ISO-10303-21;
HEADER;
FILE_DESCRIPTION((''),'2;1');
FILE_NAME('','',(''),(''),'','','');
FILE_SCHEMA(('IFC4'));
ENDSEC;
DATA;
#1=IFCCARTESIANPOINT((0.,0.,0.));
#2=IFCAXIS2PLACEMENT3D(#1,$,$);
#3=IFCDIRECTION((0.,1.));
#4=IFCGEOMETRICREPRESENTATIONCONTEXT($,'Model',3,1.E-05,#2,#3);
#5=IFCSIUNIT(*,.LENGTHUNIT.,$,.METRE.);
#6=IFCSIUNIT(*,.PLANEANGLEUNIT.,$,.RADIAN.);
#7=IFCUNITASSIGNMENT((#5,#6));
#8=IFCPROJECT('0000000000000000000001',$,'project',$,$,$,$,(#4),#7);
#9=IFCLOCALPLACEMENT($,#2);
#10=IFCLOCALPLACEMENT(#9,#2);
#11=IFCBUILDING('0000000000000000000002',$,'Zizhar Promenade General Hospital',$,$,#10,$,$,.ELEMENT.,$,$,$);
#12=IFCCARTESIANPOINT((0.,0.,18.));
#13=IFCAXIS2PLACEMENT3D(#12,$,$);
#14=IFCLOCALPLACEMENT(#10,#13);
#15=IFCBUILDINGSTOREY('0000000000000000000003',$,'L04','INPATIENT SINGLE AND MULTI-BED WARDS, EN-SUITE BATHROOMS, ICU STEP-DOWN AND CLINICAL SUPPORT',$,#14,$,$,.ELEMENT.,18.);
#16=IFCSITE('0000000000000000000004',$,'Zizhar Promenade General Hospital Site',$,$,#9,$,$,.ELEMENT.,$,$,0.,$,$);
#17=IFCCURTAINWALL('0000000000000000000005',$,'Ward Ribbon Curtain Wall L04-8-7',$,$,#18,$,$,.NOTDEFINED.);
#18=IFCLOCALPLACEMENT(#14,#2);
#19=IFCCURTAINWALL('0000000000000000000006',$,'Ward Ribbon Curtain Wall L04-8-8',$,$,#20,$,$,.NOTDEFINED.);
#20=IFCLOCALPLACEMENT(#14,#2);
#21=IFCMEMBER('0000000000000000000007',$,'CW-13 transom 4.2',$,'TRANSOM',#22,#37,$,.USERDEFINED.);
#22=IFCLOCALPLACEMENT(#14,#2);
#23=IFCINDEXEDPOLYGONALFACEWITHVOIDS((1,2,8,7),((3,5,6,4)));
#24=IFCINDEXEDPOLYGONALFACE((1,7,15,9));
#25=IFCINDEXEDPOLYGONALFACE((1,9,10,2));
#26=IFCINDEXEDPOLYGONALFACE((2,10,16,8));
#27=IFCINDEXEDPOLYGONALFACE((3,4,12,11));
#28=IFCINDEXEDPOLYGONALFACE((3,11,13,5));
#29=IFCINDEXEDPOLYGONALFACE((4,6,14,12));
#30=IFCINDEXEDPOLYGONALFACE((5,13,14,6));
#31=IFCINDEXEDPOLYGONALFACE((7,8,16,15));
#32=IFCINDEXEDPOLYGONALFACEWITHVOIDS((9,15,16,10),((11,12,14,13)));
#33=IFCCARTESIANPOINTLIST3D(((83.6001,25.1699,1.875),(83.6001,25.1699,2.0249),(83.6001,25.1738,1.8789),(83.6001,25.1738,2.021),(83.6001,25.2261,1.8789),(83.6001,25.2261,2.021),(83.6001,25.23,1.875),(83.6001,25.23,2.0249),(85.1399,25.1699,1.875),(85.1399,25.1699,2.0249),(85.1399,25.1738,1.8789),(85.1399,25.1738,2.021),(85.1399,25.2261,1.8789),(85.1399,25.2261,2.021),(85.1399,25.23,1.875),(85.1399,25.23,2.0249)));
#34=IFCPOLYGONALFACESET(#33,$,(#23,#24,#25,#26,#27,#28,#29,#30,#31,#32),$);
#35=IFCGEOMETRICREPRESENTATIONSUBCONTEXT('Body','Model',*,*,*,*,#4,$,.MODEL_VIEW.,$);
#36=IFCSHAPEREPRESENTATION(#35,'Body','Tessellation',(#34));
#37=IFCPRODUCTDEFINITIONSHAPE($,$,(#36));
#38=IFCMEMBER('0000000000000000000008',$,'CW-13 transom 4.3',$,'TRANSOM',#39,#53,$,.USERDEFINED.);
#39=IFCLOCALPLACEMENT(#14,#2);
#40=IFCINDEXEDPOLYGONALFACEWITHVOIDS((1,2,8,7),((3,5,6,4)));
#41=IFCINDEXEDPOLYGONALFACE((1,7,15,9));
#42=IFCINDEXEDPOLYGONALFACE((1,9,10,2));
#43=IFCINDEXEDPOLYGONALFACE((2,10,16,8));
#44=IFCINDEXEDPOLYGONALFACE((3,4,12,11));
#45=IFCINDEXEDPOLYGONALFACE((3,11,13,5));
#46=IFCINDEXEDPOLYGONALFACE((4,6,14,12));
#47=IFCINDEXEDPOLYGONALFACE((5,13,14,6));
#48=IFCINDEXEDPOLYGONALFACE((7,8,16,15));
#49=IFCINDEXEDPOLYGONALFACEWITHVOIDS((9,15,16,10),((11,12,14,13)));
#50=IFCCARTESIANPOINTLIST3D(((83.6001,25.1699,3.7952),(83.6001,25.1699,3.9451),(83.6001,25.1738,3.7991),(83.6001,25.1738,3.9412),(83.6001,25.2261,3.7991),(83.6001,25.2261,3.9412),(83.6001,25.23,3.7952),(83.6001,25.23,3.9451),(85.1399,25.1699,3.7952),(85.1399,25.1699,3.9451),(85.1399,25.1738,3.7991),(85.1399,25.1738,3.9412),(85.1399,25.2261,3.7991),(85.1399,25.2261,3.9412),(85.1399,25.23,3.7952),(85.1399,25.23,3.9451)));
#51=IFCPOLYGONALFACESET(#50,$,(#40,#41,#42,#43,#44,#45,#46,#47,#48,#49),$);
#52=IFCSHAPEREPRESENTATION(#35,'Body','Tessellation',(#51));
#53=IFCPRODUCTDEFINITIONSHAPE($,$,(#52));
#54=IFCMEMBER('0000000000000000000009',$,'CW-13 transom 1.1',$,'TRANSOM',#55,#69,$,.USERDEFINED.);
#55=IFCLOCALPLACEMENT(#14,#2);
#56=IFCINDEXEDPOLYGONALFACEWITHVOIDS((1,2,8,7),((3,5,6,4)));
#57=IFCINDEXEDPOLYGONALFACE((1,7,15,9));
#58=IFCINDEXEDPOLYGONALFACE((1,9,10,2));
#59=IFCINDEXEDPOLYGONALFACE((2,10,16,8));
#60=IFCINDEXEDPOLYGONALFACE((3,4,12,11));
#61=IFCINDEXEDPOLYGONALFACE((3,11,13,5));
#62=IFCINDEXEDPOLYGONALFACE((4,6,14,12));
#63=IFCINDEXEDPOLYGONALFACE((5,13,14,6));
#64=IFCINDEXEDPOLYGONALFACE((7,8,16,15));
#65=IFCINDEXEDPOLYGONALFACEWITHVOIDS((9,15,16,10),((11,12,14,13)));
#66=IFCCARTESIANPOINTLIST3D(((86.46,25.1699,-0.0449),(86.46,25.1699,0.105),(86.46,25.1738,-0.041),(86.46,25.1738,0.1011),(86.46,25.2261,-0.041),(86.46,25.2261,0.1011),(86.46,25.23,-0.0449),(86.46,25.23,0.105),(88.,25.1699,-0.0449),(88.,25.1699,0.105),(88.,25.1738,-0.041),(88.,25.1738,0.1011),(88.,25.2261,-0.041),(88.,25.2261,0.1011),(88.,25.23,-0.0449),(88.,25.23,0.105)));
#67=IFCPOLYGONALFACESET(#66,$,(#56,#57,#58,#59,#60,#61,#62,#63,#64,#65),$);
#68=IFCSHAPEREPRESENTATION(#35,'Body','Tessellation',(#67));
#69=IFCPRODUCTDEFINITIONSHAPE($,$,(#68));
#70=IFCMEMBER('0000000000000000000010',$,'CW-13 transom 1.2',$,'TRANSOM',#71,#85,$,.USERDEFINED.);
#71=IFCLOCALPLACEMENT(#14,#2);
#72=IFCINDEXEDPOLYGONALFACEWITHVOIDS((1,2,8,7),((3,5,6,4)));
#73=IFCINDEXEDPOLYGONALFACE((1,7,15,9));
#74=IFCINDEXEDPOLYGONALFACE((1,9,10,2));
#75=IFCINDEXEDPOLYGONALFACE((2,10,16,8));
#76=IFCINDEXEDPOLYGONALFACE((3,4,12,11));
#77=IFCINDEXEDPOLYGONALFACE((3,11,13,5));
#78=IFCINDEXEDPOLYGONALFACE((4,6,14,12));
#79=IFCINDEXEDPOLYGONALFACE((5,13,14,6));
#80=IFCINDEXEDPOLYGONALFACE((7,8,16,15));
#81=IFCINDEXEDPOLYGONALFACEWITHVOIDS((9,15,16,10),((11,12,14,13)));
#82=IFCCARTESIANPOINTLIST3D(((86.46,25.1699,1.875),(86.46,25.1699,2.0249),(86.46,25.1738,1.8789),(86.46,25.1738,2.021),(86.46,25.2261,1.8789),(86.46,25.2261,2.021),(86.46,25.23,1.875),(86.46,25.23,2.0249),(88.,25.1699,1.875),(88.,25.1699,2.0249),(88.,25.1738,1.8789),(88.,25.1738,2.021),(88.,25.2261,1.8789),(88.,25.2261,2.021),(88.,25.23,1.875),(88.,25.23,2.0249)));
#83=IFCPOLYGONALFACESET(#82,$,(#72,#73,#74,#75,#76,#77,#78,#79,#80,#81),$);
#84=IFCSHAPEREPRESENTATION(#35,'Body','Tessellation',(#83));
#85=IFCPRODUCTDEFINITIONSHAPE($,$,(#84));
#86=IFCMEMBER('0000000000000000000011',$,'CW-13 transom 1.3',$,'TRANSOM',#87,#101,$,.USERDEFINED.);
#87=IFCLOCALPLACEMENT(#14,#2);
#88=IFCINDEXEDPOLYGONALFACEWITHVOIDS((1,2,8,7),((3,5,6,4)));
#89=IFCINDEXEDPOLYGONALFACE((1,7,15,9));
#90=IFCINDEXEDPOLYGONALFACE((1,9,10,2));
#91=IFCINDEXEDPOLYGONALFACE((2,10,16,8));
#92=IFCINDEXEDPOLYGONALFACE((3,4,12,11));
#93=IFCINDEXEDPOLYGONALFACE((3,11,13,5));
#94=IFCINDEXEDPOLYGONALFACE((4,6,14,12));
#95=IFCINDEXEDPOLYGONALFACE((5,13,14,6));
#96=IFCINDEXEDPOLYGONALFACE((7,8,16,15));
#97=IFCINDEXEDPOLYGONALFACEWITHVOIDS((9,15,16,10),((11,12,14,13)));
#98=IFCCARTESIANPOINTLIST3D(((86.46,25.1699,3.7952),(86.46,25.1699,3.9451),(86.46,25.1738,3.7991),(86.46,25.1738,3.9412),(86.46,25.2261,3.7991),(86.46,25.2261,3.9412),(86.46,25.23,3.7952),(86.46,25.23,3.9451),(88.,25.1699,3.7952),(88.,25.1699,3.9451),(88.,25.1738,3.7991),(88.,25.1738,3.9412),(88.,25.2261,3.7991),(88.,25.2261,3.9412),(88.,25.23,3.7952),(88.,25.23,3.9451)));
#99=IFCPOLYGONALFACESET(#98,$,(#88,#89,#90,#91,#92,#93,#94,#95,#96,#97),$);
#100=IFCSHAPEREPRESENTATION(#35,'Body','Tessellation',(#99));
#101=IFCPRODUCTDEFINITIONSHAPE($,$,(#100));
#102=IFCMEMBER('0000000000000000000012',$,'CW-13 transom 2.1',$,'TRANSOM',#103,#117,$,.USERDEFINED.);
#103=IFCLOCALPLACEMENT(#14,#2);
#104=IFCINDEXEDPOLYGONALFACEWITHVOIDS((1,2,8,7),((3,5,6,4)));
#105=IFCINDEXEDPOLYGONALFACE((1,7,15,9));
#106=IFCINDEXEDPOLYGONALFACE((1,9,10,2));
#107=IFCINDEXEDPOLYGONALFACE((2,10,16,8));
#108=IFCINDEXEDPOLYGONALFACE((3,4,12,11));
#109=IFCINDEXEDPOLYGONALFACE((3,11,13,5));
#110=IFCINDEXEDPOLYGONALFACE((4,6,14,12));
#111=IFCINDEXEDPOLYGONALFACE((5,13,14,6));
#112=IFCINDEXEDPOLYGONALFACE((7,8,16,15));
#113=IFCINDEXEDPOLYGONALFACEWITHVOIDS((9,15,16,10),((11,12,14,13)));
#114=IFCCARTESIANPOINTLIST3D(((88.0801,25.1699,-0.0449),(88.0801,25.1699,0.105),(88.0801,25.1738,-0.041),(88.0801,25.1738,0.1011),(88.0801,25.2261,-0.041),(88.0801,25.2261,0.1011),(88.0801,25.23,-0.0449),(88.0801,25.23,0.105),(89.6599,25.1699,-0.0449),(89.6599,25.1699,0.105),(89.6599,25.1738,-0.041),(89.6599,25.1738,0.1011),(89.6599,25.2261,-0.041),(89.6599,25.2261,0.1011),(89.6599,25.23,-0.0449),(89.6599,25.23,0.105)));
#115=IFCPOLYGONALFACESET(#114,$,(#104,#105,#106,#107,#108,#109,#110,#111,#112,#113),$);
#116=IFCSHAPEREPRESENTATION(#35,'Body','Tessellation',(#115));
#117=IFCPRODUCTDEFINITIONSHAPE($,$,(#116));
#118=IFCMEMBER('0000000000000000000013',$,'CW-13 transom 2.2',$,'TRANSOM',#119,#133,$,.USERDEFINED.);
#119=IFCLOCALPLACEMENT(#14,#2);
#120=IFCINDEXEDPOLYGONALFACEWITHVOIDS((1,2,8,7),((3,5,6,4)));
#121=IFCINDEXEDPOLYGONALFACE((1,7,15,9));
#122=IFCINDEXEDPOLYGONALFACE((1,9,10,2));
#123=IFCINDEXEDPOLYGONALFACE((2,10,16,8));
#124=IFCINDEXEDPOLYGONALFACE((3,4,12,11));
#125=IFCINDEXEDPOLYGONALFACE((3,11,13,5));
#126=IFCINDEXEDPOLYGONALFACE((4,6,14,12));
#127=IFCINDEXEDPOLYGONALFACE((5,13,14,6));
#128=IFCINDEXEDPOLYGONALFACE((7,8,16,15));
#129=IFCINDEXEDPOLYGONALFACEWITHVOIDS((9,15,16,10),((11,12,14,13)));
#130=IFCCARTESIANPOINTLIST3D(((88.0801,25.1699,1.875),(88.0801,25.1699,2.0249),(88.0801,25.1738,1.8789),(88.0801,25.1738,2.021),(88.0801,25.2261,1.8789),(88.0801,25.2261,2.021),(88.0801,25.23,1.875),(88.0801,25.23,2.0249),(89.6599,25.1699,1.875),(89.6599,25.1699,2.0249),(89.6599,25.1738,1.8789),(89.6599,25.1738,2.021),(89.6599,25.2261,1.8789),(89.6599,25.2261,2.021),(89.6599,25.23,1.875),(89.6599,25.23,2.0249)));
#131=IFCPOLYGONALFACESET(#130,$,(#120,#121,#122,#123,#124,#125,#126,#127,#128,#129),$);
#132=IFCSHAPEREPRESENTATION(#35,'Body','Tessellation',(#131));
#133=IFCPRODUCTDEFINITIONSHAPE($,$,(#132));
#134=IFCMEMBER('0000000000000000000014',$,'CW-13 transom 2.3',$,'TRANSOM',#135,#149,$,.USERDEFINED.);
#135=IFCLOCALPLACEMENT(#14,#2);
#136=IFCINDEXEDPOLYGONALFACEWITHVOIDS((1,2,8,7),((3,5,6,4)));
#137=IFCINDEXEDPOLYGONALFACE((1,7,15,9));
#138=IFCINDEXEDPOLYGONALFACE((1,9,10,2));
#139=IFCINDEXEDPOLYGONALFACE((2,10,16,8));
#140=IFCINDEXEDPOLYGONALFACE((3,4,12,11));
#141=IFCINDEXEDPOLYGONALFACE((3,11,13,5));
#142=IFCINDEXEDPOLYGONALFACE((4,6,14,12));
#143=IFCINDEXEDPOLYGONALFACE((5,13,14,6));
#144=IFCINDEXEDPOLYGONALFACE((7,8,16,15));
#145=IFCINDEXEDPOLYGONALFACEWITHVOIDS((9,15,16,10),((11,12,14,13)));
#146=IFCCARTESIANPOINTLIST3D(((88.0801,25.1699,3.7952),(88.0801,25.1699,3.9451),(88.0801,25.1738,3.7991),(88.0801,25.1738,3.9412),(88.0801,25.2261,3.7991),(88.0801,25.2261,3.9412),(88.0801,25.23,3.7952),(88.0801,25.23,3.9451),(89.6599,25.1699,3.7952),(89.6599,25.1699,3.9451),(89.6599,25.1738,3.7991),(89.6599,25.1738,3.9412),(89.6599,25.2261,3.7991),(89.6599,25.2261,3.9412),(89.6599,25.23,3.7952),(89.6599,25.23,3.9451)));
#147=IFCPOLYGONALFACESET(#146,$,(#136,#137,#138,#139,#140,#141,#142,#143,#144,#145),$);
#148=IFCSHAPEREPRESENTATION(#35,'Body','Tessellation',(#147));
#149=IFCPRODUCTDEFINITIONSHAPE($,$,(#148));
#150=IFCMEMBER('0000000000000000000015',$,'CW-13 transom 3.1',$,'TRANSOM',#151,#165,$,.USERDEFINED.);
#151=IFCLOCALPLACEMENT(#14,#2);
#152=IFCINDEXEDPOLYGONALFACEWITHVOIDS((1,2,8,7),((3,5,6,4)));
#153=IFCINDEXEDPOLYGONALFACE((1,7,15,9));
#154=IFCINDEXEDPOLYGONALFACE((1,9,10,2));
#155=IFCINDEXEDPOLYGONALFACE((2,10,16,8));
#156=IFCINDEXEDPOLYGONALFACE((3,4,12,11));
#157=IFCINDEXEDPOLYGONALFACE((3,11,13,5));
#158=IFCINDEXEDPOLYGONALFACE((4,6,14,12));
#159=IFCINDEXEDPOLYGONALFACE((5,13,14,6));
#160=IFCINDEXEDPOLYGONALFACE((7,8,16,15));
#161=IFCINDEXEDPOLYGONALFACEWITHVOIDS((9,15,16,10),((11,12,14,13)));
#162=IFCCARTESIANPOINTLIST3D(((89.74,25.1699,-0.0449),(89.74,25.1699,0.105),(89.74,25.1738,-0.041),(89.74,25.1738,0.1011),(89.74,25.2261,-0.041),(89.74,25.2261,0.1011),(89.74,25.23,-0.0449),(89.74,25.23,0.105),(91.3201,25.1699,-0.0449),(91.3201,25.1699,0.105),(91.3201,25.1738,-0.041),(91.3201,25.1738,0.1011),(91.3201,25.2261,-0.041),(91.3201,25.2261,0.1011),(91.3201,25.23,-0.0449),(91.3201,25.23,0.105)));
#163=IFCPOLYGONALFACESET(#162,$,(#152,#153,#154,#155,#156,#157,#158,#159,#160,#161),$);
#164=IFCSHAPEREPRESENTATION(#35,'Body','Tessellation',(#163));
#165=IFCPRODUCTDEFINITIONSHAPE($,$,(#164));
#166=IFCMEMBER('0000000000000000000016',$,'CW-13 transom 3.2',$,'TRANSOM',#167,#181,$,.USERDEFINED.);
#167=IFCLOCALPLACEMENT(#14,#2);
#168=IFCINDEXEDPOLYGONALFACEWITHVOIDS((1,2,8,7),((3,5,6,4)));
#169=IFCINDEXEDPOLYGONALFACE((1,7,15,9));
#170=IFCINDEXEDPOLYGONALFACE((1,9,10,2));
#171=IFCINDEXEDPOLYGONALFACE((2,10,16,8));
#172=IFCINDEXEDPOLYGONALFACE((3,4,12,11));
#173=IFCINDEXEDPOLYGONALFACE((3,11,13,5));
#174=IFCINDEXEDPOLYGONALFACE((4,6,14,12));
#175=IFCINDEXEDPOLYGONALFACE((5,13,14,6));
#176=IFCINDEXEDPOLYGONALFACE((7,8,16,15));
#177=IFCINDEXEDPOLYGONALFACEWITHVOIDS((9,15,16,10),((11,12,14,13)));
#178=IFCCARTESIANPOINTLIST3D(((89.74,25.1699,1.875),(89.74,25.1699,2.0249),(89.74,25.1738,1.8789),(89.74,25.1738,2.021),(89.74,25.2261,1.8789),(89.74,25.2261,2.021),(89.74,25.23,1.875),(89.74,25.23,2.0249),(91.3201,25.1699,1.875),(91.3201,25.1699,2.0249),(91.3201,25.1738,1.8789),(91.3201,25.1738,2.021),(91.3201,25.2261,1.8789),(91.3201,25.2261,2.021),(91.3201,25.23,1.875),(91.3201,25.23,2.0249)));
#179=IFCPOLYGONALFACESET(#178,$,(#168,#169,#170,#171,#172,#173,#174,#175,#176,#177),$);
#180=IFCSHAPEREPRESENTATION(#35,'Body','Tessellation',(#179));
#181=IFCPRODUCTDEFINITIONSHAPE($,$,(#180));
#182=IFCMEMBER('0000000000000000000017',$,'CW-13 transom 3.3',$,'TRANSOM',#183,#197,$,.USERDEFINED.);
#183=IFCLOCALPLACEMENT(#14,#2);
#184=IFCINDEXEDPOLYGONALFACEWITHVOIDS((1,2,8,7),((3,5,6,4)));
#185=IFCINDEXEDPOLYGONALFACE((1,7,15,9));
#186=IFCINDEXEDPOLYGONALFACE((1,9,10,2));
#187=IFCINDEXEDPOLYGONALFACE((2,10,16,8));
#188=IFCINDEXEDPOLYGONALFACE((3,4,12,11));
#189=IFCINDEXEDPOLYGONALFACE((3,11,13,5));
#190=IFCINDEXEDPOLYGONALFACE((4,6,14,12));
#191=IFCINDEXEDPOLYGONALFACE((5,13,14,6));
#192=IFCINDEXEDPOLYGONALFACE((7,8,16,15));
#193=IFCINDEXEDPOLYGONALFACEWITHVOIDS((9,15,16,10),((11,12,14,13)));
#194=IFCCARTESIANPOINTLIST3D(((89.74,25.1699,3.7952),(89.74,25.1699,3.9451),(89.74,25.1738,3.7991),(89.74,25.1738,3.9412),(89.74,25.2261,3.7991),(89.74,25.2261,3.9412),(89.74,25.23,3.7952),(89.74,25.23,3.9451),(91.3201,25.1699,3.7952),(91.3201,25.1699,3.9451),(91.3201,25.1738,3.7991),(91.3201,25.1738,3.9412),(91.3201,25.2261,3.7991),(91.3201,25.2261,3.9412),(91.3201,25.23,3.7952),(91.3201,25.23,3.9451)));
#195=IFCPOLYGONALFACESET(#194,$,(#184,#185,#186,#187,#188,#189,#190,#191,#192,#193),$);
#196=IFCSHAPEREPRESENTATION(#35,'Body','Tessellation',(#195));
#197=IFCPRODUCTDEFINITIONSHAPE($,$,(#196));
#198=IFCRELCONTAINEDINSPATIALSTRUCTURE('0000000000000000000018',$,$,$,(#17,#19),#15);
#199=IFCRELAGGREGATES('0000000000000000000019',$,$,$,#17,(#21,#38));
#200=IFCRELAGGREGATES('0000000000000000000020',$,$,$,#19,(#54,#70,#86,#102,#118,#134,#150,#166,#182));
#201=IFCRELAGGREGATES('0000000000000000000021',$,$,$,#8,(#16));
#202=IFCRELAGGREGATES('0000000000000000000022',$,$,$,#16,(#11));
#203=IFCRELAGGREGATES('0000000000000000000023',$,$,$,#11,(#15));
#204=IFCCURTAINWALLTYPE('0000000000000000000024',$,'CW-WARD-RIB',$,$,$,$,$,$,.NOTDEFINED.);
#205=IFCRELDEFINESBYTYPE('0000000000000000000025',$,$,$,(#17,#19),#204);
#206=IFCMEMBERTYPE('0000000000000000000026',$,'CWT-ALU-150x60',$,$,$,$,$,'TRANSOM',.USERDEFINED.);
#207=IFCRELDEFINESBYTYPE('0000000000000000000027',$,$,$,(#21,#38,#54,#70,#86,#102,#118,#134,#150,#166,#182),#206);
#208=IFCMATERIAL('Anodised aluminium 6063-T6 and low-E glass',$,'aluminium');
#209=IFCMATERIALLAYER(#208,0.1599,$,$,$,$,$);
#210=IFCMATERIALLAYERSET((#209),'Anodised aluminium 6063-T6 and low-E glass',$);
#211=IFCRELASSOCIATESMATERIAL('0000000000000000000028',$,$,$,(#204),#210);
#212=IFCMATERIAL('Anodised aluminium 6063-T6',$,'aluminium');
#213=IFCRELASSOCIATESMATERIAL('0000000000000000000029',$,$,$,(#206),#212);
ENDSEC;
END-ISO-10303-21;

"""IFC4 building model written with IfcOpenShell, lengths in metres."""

from ifc_helpers import new_model, si_unit, direction, frame, origin, origin_2d, place, context, subcontext, project, spatial, hollow_rectangle, extrude, material, layer, layer_set, material_profile, profile_set, type_object, element, aggregate, save


model = new_model("IFC4")

# Units and contexts
model_context = context("Model", 3, precision=1e-05, world=origin(), true_north=direction((0.0, 1.0)))
body_context = subcontext(model_context, "Body", "Model", "MODEL_VIEW")
ifc_project = project(units=[si_unit("LENGTHUNIT", "METRE"), si_unit("PLANEANGLEUNIT", "RADIAN")], contexts=[model_context])

# Site, building, storey
site_placement = place(None, origin())
site = spatial("IfcSite", under=ifc_project, at=site_placement, Name="Zizhar Promenade General Hospital Site", CompositionType="ELEMENT", RefElevation=0.0)
building_placement = place(site_placement, origin())
building = spatial("IfcBuilding", under=site, at=building_placement, Name="Zizhar Promenade General Hospital", CompositionType="ELEMENT")
storey_placement = place(building_placement, frame((0.0, 0.0, 18.0)))
storey = spatial("IfcBuildingStorey", under=building, at=storey_placement, Name="L04", Description="INPATIENT SINGLE AND MULTI-BED WARDS, EN-SUITE BATHROOMS, ICU STEP-DOWN AND CLINICAL SUPPORT", CompositionType="ELEMENT", Elevation=18.0)

# Curtain walls
ifc_material_1 = material(Name="Anodised aluminium 6063-T6 and low-E glass", Category="aluminium")
ifc_layer_1 = layer(ifc_material_1, 0.1599)
ifc_layer_set_1 = layer_set([ifc_layer_1], Name="Anodised aluminium 6063-T6 and low-E glass")
curtain_wall_type = type_object("IfcCurtainWallType", Name="CW-WARD-RIB", PredefinedType="NOTDEFINED", material=ifc_layer_set_1)
curtain_wall_1_placement = place(storey_placement, origin())
curtain_wall_1 = element("IfcCurtainWall", 1, at=curtain_wall_1_placement, inside=storey, type_object=curtain_wall_type, Name="Ward Ribbon Curtain Wall L04-8-7", PredefinedType="NOTDEFINED")
curtain_wall_2_placement = place(storey_placement, origin())
curtain_wall_2 = element("IfcCurtainWall", 2, at=curtain_wall_2_placement, inside=storey, type_object=curtain_wall_type, Name="Ward Ribbon Curtain Wall L04-8-8", PredefinedType="NOTDEFINED")

# Members
ifc_material_2 = material(Name="Anodised aluminium 6063-T6", Category="aluminium")
ifc_material_profile_1 = material_profile(ifc_material_2, hollow_rectangle(XDim=0.0601, YDim=0.1499, WallThickness=0.0039, at=origin_2d()))
ifc_profile_set_1 = profile_set([ifc_material_profile_1], Name="Anodised aluminium 6063-T6")
member_type_1 = type_object("IfcMemberType", Name="CWT-ALU-150x60", ElementType="TRANSOM", PredefinedType="USERDEFINED", material=ifc_profile_set_1)
member_1_placement = place(storey_placement, frame((83.6001, 25.2, 1.95), z_axis=(1.0, 0.0, 0.0), x_axis=(0.0, 1.0, 0.0)))
member_1 = element("IfcMember", 3, at=member_1_placement, type_object=member_type_1, Name="CW-13 transom 4.2", ObjectType="TRANSOM", PredefinedType="USERDEFINED", context=body_context, shape_type="SweptSolid", body=[
    extrude(hollow_rectangle(XDim=0.0601, YDim=0.1499, WallThickness=0.0039, at=origin_2d()), origin(), (0.0, 0.0, 1.0), 1.5398),
])
member_2_placement = place(storey_placement, frame((83.6001, 25.2, 3.8701), z_axis=(1.0, 0.0, 0.0), x_axis=(0.0, 1.0, 0.0)))
member_2 = element("IfcMember", 4, at=member_2_placement, type_object=member_type_1, Name="CW-13 transom 4.3", ObjectType="TRANSOM", PredefinedType="USERDEFINED", context=body_context, shape_type="SweptSolid", body=[
    extrude(hollow_rectangle(XDim=0.0601, YDim=0.1499, WallThickness=0.0039, at=origin_2d()), origin(), (0.0, 0.0, 1.0), 1.5398),
])
member_3_placement = place(storey_placement, frame((86.46, 25.2, 0.03), z_axis=(1.0, 0.0, 0.0), x_axis=(0.0, 1.0, 0.0)))
member_3 = element("IfcMember", 5, at=member_3_placement, type_object=member_type_1, Name="CW-13 transom 1.1", ObjectType="TRANSOM", PredefinedType="USERDEFINED", context=body_context, shape_type="SweptSolid", body=[
    extrude(hollow_rectangle(XDim=0.0601, YDim=0.1499, WallThickness=0.0039, at=origin_2d()), origin(), (0.0, 0.0, 1.0), 1.54),
])
member_4_placement = place(storey_placement, frame((86.46, 25.2, 1.95), z_axis=(1.0, 0.0, 0.0), x_axis=(0.0, 1.0, 0.0)))
member_4 = element("IfcMember", 6, at=member_4_placement, type_object=member_type_1, Name="CW-13 transom 1.2", ObjectType="TRANSOM", PredefinedType="USERDEFINED", context=body_context, shape_type="SweptSolid", body=[
    extrude(hollow_rectangle(XDim=0.0601, YDim=0.1499, WallThickness=0.0039, at=origin_2d()), origin(), (0.0, 0.0, 1.0), 1.54),
])
member_5_placement = place(storey_placement, frame((86.46, 25.2, 3.8701), z_axis=(1.0, 0.0, 0.0), x_axis=(0.0, 1.0, 0.0)))
member_5 = element("IfcMember", 7, at=member_5_placement, type_object=member_type_1, Name="CW-13 transom 1.3", ObjectType="TRANSOM", PredefinedType="USERDEFINED", context=body_context, shape_type="SweptSolid", body=[
    extrude(hollow_rectangle(XDim=0.0601, YDim=0.1499, WallThickness=0.0039, at=origin_2d()), origin(), (0.0, 0.0, 1.0), 1.54),
])
member_6_placement = place(storey_placement, frame((88.0801, 25.2, 0.03), z_axis=(1.0, 0.0, 0.0), x_axis=(0.0, 1.0, 0.0)))
member_6 = element("IfcMember", 8, at=member_6_placement, type_object=member_type_1, Name="CW-13 transom 2.1", ObjectType="TRANSOM", PredefinedType="USERDEFINED", context=body_context, shape_type="SweptSolid", body=[
    extrude(hollow_rectangle(XDim=0.0601, YDim=0.1499, WallThickness=0.0039, at=origin_2d()), origin(), (0.0, 0.0, 1.0), 1.5798),
])
member_7_placement = place(storey_placement, frame((88.0801, 25.2, 1.95), z_axis=(1.0, 0.0, 0.0), x_axis=(0.0, 1.0, 0.0)))
member_7 = element("IfcMember", 9, at=member_7_placement, type_object=member_type_1, Name="CW-13 transom 2.2", ObjectType="TRANSOM", PredefinedType="USERDEFINED", context=body_context, shape_type="SweptSolid", body=[
    extrude(hollow_rectangle(XDim=0.0601, YDim=0.1499, WallThickness=0.0039, at=origin_2d()), origin(), (0.0, 0.0, 1.0), 1.5798),
])
member_8_placement = place(storey_placement, frame((88.0801, 25.2, 3.8701), z_axis=(1.0, 0.0, 0.0), x_axis=(0.0, 1.0, 0.0)))
member_8 = element("IfcMember", 10, at=member_8_placement, type_object=member_type_1, Name="CW-13 transom 2.3", ObjectType="TRANSOM", PredefinedType="USERDEFINED", context=body_context, shape_type="SweptSolid", body=[
    extrude(hollow_rectangle(XDim=0.0601, YDim=0.1499, WallThickness=0.0039, at=origin_2d()), origin(), (0.0, 0.0, 1.0), 1.5798),
])
member_9_placement = place(storey_placement, frame((89.74, 25.2, 0.03), z_axis=(1.0, 0.0, 0.0), x_axis=(0.0, 1.0, 0.0)))
member_9 = element("IfcMember", 11, at=member_9_placement, type_object=member_type_1, Name="CW-13 transom 3.1", ObjectType="TRANSOM", PredefinedType="USERDEFINED", context=body_context, shape_type="SweptSolid", body=[
    extrude(hollow_rectangle(XDim=0.0601, YDim=0.1499, WallThickness=0.0039, at=origin_2d()), origin(), (0.0, 0.0, 1.0), 1.5801),
])
member_10_placement = place(storey_placement, frame((89.74, 25.2, 1.95), z_axis=(1.0, 0.0, 0.0), x_axis=(0.0, 1.0, 0.0)))
member_10 = element("IfcMember", 12, at=member_10_placement, type_object=member_type_1, Name="CW-13 transom 3.2", ObjectType="TRANSOM", PredefinedType="USERDEFINED", context=body_context, shape_type="SweptSolid", body=[
    extrude(hollow_rectangle(XDim=0.0601, YDim=0.1499, WallThickness=0.0039, at=origin_2d()), origin(), (0.0, 0.0, 1.0), 1.5801),
])
member_11_placement = place(storey_placement, frame((89.74, 25.2, 3.8701), z_axis=(1.0, 0.0, 0.0), x_axis=(0.0, 1.0, 0.0)))
member_11 = element("IfcMember", 13, at=member_11_placement, type_object=member_type_1, Name="CW-13 transom 3.3", ObjectType="TRANSOM", PredefinedType="USERDEFINED", context=body_context, shape_type="SweptSolid", body=[
    extrude(hollow_rectangle(XDim=0.0601, YDim=0.1499, WallThickness=0.0039, at=origin_2d()), origin(), (0.0, 0.0, 1.0), 1.5801),
])

aggregate(curtain_wall_1, [member_1, member_2])
aggregate(curtain_wall_2, [member_3, member_4, member_5, member_6, member_7, member_8, member_9, member_10, member_11])

save(model, "model.ifc")
